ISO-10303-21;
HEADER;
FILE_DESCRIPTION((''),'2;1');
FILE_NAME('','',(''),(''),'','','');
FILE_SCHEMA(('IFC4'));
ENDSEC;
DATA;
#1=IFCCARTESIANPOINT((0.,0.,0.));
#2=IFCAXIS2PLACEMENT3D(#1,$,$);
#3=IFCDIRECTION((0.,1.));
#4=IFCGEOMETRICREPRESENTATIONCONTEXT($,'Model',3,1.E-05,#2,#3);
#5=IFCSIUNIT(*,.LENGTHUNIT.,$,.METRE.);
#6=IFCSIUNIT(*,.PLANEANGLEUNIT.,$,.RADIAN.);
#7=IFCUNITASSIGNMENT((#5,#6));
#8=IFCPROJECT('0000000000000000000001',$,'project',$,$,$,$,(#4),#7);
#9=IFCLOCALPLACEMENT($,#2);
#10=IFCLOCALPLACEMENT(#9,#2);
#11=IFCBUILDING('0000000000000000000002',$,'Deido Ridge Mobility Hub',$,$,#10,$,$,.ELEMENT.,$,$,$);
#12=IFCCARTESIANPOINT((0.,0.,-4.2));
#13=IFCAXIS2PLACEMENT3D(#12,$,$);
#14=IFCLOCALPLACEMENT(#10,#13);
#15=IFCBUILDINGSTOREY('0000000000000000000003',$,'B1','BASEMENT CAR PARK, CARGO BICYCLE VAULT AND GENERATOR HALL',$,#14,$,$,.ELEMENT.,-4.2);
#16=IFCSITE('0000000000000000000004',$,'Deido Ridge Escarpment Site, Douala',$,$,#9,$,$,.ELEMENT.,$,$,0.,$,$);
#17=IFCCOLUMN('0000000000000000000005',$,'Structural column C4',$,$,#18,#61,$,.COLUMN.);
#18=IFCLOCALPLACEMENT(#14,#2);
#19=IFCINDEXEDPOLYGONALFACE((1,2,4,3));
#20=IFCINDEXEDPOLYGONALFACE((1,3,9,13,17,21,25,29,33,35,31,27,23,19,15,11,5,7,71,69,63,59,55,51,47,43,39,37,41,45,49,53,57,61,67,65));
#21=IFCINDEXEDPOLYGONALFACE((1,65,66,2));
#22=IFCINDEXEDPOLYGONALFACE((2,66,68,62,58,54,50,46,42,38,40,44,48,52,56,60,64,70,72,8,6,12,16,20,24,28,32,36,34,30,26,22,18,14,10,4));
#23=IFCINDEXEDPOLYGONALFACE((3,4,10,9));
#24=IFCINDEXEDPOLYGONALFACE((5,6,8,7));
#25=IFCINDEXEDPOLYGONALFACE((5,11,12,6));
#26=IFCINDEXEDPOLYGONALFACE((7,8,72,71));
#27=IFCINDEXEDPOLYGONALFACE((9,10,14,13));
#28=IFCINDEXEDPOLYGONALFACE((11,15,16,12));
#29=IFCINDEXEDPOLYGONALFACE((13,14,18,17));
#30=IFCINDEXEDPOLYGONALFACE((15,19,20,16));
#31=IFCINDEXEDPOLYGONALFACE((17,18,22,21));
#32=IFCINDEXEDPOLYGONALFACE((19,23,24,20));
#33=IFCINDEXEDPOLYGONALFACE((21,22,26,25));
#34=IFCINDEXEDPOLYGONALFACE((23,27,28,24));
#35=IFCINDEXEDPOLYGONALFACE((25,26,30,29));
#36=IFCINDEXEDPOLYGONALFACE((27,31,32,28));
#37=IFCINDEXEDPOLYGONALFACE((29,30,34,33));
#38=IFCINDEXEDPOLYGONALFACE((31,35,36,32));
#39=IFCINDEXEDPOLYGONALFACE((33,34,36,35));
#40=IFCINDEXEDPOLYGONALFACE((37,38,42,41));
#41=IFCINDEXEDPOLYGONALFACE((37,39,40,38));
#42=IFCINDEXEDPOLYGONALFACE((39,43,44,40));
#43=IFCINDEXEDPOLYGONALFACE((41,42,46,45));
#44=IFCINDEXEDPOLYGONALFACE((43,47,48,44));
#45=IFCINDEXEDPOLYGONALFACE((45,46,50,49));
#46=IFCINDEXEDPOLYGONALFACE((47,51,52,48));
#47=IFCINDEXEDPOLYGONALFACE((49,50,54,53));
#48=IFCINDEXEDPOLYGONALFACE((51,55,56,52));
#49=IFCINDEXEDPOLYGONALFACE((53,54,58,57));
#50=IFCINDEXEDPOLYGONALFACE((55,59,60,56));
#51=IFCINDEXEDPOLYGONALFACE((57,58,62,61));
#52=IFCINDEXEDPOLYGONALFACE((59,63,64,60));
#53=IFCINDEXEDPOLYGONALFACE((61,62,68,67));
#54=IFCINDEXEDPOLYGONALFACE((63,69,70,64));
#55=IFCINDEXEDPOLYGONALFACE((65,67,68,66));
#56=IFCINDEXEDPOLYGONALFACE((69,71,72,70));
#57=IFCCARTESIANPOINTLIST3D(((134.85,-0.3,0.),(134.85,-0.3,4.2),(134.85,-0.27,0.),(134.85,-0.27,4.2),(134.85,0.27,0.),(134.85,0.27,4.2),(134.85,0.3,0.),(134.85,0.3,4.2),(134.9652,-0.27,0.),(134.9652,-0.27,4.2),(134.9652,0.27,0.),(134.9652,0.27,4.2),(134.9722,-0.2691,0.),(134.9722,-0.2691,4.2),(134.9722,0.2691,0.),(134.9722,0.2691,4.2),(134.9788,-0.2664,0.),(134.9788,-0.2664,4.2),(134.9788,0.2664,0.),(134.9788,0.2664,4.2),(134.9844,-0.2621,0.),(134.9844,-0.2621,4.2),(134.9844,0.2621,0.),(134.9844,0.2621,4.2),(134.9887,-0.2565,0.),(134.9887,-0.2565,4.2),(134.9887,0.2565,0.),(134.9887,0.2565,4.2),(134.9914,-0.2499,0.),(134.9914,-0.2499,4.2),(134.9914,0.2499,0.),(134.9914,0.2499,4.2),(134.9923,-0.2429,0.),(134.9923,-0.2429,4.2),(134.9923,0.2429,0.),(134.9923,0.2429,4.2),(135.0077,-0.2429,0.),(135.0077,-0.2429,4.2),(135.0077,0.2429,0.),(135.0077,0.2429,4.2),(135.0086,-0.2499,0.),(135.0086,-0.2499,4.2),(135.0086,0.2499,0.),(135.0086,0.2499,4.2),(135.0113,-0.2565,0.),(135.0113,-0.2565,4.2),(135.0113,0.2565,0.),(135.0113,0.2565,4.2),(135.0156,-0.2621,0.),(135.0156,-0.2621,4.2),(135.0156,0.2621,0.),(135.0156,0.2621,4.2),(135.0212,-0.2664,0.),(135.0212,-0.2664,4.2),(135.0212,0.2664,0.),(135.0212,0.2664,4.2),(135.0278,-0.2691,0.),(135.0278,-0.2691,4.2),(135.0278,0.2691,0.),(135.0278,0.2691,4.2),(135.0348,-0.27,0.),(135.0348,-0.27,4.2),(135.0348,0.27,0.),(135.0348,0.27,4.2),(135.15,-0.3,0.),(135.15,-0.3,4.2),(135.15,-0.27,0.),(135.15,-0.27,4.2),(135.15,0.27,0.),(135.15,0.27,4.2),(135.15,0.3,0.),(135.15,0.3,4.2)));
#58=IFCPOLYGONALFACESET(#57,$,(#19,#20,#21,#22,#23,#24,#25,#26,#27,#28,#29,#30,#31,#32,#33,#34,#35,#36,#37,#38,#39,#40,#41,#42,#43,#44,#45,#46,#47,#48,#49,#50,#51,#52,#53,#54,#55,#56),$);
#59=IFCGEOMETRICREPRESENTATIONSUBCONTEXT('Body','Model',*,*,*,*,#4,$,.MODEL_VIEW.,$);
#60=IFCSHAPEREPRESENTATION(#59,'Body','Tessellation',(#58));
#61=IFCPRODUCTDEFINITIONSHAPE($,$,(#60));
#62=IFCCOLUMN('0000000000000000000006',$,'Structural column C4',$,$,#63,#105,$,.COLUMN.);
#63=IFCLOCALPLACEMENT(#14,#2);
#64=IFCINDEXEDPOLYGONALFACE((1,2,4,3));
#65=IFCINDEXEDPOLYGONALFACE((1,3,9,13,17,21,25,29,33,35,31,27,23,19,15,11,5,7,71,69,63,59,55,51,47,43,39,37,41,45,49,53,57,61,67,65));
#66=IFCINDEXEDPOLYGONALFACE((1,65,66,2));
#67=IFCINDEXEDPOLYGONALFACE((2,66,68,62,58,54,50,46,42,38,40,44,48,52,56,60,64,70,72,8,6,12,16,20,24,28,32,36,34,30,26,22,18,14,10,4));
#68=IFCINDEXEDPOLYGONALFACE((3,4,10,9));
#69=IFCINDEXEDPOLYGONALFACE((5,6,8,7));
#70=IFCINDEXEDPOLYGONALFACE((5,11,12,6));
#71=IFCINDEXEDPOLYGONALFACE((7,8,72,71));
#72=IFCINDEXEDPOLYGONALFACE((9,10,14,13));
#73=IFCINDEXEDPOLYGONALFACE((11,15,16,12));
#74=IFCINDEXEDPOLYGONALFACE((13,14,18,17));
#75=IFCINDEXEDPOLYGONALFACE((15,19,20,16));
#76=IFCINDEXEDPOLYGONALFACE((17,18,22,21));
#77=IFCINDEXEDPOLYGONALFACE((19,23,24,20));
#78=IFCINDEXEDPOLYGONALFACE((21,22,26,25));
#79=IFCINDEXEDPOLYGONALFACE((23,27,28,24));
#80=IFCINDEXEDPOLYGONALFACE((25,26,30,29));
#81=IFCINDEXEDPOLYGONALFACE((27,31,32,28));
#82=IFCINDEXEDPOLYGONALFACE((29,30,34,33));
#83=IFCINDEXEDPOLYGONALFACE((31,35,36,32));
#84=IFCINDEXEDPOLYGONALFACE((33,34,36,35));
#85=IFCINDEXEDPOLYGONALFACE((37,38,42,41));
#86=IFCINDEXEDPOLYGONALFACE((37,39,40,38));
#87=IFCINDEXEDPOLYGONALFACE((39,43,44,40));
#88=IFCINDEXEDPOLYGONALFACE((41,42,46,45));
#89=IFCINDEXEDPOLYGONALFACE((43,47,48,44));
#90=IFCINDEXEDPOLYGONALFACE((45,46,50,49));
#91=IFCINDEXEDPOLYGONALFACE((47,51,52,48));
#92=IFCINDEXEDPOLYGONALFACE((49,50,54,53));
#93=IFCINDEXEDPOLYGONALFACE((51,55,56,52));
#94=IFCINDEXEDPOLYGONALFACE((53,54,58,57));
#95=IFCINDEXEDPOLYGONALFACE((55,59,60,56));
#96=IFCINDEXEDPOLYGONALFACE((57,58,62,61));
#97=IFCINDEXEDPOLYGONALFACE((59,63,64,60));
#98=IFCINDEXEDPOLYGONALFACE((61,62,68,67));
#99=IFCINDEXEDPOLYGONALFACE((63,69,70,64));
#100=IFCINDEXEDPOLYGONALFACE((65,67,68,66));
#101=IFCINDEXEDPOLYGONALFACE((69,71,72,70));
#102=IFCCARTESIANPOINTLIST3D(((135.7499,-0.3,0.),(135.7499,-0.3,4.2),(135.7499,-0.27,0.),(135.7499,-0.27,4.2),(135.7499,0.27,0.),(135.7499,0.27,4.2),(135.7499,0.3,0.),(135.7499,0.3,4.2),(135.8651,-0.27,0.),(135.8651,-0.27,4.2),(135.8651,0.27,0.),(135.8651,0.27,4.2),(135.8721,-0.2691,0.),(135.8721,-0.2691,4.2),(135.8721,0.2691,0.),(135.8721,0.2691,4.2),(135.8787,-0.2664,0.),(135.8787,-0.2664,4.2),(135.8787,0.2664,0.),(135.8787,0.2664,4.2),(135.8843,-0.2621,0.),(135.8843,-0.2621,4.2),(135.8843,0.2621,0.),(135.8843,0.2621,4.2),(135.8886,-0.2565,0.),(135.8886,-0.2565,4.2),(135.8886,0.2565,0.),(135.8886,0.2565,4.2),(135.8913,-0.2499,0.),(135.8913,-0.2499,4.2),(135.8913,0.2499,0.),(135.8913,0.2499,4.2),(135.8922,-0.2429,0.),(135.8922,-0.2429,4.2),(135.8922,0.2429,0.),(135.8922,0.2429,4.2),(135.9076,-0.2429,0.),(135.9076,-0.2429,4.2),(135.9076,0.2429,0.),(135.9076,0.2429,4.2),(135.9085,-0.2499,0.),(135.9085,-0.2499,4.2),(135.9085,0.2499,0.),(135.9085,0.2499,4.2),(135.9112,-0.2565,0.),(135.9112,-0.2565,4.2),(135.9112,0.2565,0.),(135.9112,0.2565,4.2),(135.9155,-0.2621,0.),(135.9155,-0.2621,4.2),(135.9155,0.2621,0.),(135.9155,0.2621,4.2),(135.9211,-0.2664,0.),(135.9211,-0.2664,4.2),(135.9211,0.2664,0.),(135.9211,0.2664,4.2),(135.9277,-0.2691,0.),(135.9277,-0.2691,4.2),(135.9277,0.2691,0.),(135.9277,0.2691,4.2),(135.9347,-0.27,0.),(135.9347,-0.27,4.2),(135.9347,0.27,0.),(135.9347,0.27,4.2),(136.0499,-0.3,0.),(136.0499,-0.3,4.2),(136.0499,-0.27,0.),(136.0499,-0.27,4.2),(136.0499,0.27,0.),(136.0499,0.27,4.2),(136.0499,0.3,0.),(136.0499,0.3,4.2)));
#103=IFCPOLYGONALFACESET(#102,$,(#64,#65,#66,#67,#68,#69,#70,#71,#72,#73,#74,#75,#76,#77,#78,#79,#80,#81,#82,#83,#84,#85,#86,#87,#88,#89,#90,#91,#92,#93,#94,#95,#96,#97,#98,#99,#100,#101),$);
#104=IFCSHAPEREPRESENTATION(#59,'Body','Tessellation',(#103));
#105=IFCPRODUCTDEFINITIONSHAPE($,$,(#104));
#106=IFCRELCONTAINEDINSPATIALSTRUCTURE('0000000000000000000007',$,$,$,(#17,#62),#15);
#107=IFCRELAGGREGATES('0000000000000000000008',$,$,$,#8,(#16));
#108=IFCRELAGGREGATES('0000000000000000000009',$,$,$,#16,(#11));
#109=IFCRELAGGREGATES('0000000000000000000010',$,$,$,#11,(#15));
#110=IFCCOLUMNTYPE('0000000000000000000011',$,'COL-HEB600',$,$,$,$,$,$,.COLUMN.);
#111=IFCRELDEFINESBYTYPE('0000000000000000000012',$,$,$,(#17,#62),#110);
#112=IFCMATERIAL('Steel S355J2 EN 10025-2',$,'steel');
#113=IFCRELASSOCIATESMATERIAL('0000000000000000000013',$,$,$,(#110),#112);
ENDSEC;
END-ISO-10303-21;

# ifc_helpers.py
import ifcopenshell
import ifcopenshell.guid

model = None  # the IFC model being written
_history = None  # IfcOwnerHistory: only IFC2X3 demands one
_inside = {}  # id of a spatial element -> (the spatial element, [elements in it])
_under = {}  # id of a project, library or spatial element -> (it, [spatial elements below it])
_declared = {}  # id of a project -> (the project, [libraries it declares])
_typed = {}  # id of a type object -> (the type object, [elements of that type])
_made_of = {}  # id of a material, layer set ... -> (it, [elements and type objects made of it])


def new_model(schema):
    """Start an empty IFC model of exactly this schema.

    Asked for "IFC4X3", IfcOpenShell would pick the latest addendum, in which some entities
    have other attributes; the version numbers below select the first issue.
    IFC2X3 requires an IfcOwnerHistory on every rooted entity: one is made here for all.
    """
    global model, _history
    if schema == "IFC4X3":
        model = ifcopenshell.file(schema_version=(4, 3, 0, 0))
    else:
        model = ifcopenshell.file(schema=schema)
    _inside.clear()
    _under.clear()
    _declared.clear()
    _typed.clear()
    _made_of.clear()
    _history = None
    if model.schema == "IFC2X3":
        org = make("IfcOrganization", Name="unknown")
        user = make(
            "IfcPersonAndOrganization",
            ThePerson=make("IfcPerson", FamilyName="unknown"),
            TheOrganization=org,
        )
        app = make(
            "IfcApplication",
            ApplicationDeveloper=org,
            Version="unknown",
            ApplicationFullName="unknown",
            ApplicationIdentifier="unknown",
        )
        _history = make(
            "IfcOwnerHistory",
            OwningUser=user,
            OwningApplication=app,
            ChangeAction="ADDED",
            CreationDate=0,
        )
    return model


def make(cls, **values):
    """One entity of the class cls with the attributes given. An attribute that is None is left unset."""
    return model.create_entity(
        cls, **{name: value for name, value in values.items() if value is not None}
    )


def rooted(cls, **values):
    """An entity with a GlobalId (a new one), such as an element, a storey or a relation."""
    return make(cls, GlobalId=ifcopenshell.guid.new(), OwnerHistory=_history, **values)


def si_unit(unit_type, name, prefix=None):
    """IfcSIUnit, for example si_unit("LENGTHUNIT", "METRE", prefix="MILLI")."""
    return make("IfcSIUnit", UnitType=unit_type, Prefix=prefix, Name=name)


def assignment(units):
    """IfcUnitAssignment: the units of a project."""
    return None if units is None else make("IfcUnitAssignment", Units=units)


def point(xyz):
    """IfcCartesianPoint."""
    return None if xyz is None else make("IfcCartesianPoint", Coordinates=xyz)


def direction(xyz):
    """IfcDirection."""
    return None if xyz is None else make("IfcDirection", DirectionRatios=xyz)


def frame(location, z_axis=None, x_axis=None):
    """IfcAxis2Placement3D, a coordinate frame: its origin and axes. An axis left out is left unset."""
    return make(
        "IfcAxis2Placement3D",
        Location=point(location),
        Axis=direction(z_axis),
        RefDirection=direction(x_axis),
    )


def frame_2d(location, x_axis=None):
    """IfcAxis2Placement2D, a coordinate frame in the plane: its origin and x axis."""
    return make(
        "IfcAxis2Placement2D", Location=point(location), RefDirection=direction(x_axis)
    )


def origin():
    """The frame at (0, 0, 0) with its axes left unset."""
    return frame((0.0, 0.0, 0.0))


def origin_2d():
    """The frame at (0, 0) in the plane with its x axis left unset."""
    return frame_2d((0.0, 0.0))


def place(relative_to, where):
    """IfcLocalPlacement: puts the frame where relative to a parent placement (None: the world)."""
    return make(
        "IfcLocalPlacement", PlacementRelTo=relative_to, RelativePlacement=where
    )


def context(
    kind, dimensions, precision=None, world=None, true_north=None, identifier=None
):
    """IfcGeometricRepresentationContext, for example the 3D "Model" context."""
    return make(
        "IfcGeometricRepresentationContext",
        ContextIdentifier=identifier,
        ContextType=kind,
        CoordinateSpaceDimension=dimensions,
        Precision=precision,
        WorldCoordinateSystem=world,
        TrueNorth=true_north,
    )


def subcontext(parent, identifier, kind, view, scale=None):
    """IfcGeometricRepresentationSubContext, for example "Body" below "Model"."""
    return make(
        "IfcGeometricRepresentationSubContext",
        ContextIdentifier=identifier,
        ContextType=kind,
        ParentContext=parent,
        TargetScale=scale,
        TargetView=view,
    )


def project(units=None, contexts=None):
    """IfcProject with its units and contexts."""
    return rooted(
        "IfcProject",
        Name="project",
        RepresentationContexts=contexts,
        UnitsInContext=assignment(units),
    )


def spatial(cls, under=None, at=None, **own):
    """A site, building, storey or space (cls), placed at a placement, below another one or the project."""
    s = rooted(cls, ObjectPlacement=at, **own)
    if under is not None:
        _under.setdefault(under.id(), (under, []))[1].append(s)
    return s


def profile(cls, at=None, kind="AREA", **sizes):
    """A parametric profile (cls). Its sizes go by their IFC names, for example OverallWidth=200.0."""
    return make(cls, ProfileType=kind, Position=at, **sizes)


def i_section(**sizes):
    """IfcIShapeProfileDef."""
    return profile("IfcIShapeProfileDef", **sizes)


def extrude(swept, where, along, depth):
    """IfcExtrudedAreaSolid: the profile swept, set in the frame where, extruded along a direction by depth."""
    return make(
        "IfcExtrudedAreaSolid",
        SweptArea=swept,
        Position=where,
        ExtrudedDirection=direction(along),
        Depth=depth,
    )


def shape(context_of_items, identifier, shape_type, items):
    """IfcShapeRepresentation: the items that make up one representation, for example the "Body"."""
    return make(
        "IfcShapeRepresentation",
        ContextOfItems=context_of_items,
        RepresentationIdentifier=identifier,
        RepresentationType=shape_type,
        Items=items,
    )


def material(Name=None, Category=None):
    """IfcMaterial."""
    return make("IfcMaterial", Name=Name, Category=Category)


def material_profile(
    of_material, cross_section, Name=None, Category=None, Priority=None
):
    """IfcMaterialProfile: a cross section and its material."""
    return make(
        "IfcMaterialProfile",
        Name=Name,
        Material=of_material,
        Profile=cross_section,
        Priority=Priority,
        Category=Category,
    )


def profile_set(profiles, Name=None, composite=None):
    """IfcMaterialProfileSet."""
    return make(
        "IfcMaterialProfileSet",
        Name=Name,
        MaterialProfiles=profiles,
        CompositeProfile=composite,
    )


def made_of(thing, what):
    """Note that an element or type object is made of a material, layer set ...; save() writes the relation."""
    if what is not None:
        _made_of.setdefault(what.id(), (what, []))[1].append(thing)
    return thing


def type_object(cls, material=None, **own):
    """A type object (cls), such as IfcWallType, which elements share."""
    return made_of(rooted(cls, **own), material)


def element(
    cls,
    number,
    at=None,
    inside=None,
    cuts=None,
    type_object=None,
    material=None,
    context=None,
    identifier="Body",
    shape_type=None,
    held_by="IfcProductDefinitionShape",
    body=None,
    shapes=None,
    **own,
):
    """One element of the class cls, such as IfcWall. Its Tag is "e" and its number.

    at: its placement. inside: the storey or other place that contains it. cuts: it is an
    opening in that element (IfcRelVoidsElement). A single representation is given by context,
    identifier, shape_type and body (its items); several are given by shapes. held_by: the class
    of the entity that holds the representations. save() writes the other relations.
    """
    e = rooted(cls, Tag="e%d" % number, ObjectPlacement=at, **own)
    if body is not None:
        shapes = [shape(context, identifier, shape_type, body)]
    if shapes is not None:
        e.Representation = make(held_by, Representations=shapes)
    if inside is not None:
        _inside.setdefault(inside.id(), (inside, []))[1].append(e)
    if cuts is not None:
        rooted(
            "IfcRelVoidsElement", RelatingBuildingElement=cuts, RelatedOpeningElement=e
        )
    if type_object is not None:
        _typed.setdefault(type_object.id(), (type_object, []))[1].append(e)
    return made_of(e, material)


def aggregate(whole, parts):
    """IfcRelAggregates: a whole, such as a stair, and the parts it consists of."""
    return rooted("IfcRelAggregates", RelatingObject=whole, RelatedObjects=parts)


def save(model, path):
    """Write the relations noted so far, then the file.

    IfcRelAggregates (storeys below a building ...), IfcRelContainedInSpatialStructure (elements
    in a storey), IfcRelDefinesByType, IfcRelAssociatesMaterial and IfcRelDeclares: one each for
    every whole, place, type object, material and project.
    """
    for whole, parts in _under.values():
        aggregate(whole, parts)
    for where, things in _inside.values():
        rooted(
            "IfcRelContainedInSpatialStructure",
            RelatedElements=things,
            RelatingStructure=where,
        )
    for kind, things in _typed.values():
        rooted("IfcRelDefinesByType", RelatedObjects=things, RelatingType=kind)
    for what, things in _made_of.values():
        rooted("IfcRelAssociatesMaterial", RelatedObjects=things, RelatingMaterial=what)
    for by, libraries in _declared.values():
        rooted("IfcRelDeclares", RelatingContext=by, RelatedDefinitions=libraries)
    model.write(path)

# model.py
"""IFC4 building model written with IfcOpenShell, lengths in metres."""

from ifc_helpers import new_model, si_unit, direction, frame, origin, origin_2d, place, context, subcontext, project, spatial, i_section, extrude, material, material_profile, profile_set, type_object, element, save


model = new_model("IFC4")

# Units and contexts
model_context = context("Model", 3, precision=1e-05, world=origin(), true_north=direction((0.0, 1.0)))
body_context = subcontext(model_context, "Body", "Model", "MODEL_VIEW")
ifc_project = project(units=[si_unit("LENGTHUNIT", "METRE"), si_unit("PLANEANGLEUNIT", "RADIAN")], contexts=[model_context])

# Site, building, storey
site_placement = place(None, origin())
site = spatial("IfcSite", under=ifc_project, at=site_placement, Name="Deido Ridge Escarpment Site, Douala", CompositionType="ELEMENT", RefElevation=0.0)
building_placement = place(site_placement, origin())
building = spatial("IfcBuilding", under=site, at=building_placement, Name="Deido Ridge Mobility Hub", CompositionType="ELEMENT")
storey_placement = place(building_placement, frame((0.0, 0.0, -4.2)))
storey = spatial("IfcBuildingStorey", under=building, at=storey_placement, Name="B1", Description="BASEMENT CAR PARK, CARGO BICYCLE VAULT AND GENERATOR HALL", CompositionType="ELEMENT", Elevation=-4.2)

# Columns
ifc_material_1 = material(Name="Steel S355J2 EN 10025-2", Category="steel")
ifc_material_profile_1 = material_profile(ifc_material_1, i_section(OverallWidth=0.3, OverallDepth=0.6001, WebThickness=0.0154, FlangeThickness=0.03, FilletRadius=0.0271, at=origin_2d()), Name="HEB 600")
ifc_profile_set_1 = profile_set([ifc_material_profile_1], Name="Steel S355J2 EN 10025-2")
column_type_1 = type_object("IfcColumnType", Name="COL-HEB600", PredefinedType="COLUMN", material=ifc_profile_set_1)
for number, where, z_axis, x_axis, name in (
    (1, (135.0, 0.0, 0.0), (0.0, 0.0, 1.0), (1.0, 0.0, 0.0), "Structural column C4"),
    (2, (135.8999, 0.0, 0.0), (0.0, 0.0, 1.0), (1.0, 0.0, 0.0), "Structural column C4"),
):
    element("IfcColumn", number, at=place(storey_placement, frame(where, z_axis=z_axis, x_axis=x_axis)), inside=storey, type_object=column_type_1, Name=name, PredefinedType="COLUMN", context=body_context, shape_type="SweptSolid", body=[
        extrude(i_section(OverallWidth=0.3, OverallDepth=0.6001, WebThickness=0.0154, FlangeThickness=0.03, FilletRadius=0.0271, at=origin_2d()), origin(), (0.0, 0.0, 1.0), 4.2),
    ])

save(model, "model.ifc")
